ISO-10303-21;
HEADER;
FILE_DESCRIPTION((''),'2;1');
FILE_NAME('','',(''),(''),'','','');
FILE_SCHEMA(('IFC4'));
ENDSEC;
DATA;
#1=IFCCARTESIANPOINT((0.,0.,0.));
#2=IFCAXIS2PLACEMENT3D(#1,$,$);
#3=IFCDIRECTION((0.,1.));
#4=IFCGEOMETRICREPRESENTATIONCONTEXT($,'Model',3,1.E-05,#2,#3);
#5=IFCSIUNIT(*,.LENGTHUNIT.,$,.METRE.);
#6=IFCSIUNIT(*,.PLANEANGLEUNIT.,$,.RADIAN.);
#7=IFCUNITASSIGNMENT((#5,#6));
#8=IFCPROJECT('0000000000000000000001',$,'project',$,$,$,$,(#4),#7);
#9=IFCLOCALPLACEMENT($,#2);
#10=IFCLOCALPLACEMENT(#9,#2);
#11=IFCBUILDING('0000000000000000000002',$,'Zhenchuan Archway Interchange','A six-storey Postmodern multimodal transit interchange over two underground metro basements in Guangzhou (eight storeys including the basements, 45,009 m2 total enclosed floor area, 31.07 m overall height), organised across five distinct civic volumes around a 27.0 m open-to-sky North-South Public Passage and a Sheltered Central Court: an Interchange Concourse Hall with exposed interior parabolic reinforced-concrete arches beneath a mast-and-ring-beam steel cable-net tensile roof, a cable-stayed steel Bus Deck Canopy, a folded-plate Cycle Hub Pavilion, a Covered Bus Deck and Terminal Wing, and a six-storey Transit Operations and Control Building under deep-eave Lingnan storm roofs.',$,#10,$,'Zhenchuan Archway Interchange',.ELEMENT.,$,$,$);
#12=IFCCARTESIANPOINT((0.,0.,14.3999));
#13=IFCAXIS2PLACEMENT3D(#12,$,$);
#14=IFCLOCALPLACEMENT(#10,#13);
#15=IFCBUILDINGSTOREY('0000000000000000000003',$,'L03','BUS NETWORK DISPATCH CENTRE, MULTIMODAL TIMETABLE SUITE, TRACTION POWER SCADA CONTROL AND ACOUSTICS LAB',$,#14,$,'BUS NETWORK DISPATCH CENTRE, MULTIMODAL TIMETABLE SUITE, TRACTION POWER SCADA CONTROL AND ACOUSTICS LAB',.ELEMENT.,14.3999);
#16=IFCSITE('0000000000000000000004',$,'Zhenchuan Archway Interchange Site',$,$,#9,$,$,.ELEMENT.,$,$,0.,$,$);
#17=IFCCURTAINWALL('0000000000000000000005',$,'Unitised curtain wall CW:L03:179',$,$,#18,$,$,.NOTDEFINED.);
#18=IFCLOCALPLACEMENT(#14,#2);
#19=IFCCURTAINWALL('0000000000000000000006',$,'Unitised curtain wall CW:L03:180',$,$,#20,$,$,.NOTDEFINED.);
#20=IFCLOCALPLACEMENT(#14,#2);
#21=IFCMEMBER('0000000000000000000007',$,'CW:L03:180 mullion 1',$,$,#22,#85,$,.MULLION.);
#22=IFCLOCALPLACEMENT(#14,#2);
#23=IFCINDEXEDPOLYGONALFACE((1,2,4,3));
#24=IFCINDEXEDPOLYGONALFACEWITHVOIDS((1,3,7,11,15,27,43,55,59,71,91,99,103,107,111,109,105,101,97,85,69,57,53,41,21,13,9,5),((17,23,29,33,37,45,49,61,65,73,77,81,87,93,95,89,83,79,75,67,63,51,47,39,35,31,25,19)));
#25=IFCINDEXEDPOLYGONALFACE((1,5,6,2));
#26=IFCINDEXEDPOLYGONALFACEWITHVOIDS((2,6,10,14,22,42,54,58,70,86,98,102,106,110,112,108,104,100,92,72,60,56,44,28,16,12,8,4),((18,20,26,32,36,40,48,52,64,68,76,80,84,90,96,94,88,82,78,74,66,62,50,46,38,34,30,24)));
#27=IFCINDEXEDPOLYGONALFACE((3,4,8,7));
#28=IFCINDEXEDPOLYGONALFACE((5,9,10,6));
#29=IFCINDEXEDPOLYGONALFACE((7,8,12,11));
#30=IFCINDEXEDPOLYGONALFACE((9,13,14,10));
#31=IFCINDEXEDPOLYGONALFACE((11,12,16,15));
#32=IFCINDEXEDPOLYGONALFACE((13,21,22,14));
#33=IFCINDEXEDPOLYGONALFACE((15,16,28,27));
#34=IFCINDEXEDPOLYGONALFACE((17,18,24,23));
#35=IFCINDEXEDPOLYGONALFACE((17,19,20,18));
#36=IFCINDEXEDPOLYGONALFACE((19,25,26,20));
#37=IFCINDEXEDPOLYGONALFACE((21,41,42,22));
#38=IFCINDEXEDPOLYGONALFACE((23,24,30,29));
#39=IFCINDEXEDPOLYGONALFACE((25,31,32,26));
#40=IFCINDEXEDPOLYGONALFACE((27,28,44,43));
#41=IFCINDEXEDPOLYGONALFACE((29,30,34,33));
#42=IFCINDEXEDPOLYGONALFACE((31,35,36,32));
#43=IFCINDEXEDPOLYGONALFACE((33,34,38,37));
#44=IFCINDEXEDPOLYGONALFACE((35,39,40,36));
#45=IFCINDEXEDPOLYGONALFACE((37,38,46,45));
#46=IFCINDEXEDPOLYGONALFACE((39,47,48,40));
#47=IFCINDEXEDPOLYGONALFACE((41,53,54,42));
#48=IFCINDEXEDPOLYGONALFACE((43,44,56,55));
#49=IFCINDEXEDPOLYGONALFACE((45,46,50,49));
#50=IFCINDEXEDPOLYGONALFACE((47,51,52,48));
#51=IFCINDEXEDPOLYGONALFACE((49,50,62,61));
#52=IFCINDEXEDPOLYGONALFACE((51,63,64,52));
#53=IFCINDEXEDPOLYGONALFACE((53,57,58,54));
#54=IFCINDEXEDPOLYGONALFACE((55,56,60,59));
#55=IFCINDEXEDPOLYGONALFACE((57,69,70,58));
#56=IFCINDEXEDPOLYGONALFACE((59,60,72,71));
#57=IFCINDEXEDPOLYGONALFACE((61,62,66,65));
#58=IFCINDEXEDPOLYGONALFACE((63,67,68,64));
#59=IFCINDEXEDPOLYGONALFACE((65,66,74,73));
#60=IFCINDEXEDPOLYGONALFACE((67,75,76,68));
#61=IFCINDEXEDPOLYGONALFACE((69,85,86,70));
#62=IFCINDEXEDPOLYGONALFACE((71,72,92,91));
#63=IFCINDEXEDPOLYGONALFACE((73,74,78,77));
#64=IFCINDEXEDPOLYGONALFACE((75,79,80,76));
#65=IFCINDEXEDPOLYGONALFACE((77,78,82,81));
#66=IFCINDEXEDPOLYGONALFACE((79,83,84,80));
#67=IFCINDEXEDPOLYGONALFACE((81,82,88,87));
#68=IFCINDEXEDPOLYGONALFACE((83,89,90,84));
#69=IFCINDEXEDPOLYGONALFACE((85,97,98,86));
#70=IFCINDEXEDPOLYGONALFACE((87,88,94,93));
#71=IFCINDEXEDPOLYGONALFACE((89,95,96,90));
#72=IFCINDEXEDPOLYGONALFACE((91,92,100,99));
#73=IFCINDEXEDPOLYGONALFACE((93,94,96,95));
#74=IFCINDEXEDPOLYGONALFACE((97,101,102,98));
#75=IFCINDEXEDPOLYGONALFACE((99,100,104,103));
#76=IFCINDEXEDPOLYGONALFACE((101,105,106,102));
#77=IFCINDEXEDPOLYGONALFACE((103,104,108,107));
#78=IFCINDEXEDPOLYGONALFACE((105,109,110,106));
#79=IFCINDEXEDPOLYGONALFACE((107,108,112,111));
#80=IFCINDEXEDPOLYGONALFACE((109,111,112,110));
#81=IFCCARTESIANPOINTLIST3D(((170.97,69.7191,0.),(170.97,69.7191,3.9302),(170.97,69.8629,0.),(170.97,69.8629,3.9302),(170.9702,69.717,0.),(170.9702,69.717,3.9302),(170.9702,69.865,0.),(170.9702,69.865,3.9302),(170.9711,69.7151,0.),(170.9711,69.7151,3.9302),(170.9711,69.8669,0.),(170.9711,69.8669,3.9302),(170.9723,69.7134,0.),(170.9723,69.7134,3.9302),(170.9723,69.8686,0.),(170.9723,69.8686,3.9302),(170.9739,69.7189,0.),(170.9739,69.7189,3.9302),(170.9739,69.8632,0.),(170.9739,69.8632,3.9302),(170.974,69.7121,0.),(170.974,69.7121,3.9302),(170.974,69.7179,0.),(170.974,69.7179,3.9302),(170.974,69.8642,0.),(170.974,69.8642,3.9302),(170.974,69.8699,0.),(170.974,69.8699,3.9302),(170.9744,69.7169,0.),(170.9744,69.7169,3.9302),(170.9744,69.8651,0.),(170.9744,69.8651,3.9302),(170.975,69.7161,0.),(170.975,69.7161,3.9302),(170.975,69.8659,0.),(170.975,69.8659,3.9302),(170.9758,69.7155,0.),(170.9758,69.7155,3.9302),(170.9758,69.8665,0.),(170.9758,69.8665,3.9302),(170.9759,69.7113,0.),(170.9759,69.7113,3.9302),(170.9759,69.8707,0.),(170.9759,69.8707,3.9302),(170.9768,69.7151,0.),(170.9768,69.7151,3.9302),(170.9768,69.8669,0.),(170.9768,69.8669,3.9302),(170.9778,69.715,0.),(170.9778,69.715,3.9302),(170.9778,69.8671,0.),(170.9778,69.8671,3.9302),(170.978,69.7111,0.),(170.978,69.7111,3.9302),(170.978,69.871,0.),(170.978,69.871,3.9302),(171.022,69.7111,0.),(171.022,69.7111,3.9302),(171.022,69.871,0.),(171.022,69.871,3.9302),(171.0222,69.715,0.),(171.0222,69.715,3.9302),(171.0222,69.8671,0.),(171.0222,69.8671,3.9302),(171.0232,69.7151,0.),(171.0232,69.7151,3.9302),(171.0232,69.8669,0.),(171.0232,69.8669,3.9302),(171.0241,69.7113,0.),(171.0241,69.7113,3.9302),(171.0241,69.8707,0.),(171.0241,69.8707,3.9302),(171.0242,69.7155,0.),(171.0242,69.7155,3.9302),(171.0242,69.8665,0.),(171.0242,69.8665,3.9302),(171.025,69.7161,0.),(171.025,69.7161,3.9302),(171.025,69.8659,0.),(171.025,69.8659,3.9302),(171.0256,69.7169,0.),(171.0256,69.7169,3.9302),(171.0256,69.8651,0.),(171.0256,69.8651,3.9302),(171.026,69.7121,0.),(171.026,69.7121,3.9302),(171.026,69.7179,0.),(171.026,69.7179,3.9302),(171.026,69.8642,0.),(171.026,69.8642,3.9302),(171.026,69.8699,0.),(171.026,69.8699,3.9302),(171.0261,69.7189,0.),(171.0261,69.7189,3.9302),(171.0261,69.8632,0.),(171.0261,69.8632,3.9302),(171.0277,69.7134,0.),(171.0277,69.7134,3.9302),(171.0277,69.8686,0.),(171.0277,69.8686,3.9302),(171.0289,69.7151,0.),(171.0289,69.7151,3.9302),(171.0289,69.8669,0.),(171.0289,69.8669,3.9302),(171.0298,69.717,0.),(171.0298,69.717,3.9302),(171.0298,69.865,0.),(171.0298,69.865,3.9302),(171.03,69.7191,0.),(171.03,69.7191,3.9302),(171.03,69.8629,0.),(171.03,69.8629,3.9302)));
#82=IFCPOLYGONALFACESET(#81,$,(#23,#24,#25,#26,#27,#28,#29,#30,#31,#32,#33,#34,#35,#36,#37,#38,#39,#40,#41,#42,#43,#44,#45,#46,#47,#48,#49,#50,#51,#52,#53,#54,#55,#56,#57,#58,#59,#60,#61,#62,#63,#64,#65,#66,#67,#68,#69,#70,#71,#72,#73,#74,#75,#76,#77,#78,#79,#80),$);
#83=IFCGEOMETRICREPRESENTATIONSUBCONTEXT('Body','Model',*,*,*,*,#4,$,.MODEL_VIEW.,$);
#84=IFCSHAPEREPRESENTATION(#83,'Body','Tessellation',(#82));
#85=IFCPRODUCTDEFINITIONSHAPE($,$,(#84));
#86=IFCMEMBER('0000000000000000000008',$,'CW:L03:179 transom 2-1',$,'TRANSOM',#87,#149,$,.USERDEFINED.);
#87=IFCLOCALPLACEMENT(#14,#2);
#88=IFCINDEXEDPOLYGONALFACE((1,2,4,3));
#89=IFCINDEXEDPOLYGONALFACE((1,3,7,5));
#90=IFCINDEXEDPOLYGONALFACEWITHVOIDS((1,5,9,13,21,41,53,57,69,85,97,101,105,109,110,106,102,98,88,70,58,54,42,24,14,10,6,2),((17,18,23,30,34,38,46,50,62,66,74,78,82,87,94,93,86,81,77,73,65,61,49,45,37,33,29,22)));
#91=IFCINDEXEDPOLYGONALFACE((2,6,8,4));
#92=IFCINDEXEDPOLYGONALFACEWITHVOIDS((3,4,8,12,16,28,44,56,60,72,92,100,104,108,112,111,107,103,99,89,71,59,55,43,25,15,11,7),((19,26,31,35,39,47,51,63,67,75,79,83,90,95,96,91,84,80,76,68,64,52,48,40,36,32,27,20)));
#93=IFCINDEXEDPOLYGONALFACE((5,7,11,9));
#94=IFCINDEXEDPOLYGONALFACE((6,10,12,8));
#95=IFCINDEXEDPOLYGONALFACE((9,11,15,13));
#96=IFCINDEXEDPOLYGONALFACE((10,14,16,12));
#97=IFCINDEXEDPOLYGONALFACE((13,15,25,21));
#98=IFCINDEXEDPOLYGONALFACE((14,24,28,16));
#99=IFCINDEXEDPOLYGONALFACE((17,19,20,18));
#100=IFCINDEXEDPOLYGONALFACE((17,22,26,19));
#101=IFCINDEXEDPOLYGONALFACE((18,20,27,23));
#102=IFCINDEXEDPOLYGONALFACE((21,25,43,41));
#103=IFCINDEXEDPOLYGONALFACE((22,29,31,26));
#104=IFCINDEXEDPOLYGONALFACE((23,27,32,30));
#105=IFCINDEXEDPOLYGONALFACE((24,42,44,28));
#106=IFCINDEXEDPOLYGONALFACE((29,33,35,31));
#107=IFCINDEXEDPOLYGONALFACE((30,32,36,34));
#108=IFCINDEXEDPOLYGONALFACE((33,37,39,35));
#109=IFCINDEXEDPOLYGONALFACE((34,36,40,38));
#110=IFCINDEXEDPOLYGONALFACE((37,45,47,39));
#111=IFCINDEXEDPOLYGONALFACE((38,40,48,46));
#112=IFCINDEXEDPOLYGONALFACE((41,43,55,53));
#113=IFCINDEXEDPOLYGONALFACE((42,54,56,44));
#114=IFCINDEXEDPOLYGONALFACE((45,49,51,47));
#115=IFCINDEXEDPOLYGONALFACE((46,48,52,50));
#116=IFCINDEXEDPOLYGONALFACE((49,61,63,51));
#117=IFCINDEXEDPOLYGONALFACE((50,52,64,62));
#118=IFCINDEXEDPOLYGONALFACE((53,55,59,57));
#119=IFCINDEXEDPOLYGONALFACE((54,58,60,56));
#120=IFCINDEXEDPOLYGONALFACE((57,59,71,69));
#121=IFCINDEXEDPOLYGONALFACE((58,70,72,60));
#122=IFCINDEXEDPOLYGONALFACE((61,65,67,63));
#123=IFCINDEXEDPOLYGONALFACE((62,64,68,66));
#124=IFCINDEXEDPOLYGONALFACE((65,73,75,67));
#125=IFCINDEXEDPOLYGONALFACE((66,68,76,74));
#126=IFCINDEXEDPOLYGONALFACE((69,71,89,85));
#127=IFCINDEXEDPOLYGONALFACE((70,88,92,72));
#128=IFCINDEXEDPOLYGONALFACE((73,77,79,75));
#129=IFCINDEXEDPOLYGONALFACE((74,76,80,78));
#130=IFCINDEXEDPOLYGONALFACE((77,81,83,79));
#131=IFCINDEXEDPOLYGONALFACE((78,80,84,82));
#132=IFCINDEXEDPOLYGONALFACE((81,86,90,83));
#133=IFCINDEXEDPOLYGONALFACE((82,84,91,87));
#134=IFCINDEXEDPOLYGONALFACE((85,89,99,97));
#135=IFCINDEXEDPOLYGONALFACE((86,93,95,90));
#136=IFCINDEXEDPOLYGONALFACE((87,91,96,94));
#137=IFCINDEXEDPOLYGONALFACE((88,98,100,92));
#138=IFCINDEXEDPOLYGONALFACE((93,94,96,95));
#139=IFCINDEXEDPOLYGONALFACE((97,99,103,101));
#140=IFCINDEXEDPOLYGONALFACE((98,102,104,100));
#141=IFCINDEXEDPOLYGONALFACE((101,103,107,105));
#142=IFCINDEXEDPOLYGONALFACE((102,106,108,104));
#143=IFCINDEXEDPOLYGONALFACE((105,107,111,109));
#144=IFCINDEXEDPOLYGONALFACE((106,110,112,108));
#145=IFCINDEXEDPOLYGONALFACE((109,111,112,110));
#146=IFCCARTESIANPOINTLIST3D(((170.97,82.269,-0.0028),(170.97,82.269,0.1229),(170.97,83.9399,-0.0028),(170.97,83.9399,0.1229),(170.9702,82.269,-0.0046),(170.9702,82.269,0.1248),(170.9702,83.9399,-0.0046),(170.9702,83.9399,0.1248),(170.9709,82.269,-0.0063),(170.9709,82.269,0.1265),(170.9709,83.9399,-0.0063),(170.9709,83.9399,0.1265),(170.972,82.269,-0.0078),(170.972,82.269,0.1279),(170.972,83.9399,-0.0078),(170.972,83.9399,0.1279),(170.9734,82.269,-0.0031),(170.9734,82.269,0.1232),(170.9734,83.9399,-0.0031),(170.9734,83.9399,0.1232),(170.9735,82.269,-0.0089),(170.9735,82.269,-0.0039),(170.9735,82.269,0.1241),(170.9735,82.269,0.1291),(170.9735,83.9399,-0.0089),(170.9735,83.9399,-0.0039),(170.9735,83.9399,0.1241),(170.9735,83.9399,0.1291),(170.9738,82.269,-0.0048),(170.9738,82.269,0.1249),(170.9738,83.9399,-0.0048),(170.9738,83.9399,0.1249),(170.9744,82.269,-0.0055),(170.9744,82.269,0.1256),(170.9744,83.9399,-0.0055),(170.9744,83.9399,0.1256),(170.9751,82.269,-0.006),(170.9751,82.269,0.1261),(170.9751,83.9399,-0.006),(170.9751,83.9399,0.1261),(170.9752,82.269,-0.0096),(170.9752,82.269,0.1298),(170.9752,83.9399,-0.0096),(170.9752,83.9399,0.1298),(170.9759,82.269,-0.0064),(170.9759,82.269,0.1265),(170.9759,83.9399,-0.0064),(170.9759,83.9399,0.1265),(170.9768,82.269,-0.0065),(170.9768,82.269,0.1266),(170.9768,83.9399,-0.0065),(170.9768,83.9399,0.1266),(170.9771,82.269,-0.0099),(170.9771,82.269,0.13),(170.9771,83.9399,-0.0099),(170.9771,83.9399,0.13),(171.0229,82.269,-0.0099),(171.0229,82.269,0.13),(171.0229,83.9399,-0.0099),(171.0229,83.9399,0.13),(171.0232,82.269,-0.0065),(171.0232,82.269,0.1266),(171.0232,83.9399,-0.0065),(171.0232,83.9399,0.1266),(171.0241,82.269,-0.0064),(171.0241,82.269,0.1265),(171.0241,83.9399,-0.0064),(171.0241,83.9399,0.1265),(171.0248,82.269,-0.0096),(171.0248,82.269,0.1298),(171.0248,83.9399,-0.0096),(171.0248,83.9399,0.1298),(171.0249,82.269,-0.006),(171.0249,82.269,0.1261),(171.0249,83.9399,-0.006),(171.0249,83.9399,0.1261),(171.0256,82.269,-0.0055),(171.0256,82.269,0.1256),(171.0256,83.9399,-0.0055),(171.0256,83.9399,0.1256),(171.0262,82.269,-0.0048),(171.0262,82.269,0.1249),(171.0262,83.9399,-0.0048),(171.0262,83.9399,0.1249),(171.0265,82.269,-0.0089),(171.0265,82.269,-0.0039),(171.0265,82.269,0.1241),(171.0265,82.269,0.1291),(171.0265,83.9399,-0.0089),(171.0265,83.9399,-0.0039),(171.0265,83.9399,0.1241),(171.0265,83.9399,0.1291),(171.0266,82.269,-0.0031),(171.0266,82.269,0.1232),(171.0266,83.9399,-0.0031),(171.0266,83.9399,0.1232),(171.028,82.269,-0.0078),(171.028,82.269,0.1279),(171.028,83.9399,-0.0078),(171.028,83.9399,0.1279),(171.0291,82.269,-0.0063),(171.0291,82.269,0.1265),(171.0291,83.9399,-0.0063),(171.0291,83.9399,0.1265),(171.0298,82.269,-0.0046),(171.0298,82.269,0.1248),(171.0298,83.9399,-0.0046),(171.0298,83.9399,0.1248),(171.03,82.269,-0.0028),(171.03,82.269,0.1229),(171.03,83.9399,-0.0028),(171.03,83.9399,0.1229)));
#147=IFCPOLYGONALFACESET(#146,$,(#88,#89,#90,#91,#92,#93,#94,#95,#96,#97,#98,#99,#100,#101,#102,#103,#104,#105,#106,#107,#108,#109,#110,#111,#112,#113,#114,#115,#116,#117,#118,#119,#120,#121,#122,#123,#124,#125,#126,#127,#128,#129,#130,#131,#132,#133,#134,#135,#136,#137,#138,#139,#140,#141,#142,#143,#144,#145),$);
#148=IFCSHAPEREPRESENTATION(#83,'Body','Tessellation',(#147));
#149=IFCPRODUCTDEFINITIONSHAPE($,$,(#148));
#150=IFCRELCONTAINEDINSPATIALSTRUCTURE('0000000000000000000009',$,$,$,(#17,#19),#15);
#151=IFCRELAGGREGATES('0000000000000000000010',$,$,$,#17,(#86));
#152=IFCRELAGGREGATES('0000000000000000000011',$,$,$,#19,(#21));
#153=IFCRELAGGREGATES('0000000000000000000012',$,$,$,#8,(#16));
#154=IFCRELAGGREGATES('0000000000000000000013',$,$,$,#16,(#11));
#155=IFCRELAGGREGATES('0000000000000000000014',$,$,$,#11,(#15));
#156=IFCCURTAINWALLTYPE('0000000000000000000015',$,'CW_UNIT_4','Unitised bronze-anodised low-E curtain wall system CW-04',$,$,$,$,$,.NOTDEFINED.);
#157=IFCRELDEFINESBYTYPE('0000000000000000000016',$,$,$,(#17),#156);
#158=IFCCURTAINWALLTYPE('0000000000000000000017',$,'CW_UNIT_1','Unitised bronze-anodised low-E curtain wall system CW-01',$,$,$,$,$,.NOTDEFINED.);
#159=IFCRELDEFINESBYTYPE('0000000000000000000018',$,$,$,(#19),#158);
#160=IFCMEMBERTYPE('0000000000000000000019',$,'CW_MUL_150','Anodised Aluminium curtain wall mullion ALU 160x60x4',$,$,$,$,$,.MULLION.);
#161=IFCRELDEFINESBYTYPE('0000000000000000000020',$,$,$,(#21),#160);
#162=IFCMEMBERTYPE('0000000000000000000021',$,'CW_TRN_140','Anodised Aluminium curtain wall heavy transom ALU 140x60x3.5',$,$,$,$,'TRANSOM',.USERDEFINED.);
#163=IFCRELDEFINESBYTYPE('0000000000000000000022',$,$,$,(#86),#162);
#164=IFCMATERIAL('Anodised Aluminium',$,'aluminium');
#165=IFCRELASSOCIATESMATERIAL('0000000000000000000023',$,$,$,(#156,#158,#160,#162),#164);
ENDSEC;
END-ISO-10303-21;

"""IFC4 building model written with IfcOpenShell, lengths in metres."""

from ifc_helpers import new_model, si_unit, direction, frame, origin, origin_2d, place, context, subcontext, project, spatial, hollow_rectangle, extrude, material, material_profile, profile_set, type_object, element, aggregate, save


model = new_model("IFC4")

# Units and contexts
model_context = context("Model", 3, precision=1e-05, world=origin(), true_north=direction((0.0, 1.0)))
body_context = subcontext(model_context, "Body", "Model", "MODEL_VIEW")
ifc_project = project(units=[si_unit("LENGTHUNIT", "METRE"), si_unit("PLANEANGLEUNIT", "RADIAN")], contexts=[model_context])

# Site, building, storey
site_placement = place(None, origin())
site = spatial("IfcSite", under=ifc_project, at=site_placement, Name="Zhenchuan Archway Interchange Site", CompositionType="ELEMENT", RefElevation=0.0)
building_placement = place(site_placement, origin())
building = spatial("IfcBuilding", under=site, at=building_placement, Name="Zhenchuan Archway Interchange", Description="A six-storey Postmodern multimodal transit interchange over two underground metro basements in Guangzhou (eight storeys including the basements, 45,009 m2 total enclosed floor area, 31.07 m overall height), organised across five distinct civic volumes around a 27.0 m open-to-sky North-South Public Passage and a Sheltered Central Court: an Interchange Concourse Hall with exposed interior parabolic reinforced-concrete arches beneath a mast-and-ring-beam steel cable-net tensile roof, a cable-stayed steel Bus Deck Canopy, a folded-plate Cycle Hub Pavilion, a Covered Bus Deck and Terminal Wing, and a six-storey Transit Operations and Control Building under deep-eave Lingnan storm roofs.", LongName="Zhenchuan Archway Interchange", CompositionType="ELEMENT")
storey_placement = place(building_placement, frame((0.0, 0.0, 14.3999)))
storey = spatial("IfcBuildingStorey", under=building, at=storey_placement, Name="L03", Description="BUS NETWORK DISPATCH CENTRE, MULTIMODAL TIMETABLE SUITE, TRACTION POWER SCADA CONTROL AND ACOUSTICS LAB", LongName="BUS NETWORK DISPATCH CENTRE, MULTIMODAL TIMETABLE SUITE, TRACTION POWER SCADA CONTROL AND ACOUSTICS LAB", CompositionType="ELEMENT", Elevation=14.3999)

# Curtain walls, member
ifc_material_1 = material(Name="Anodised Aluminium", Category="aluminium")
curtain_wall_type_1 = type_object("IfcCurtainWallType", Name="CW_UNIT_4", Description="Unitised bronze-anodised low-E curtain wall system CW-04", PredefinedType="NOTDEFINED", material=ifc_material_1)
curtain_wall_1_placement = place(storey_placement, origin())
curtain_wall_1 = element("IfcCurtainWall", 1, at=curtain_wall_1_placement, inside=storey, type_object=curtain_wall_type_1, Name="Unitised curtain wall CW:L03:179", PredefinedType="NOTDEFINED")
ifc_material_profile_1 = material_profile(ifc_material_1, hollow_rectangle(XDim=0.0601, YDim=0.1599, WallThickness=0.0039, InnerFilletRadius=0.0039, OuterFilletRadius=0.0081, at=origin_2d()), Name="ALU 160x60x4")
ifc_profile_set_1 = profile_set([ifc_material_profile_1], Name="Anodised Aluminium")
member_type_1 = type_object("IfcMemberType", Name="CW_MUL_150", Description="Anodised Aluminium curtain wall mullion ALU 160x60x4", PredefinedType="MULLION", material=ifc_profile_set_1)
curtain_wall_type_2 = type_object("IfcCurtainWallType", Name="CW_UNIT_1", Description="Unitised bronze-anodised low-E curtain wall system CW-01", PredefinedType="NOTDEFINED", material=ifc_material_1)
curtain_wall_2_placement = place(storey_placement, origin())
curtain_wall_2 = element("IfcCurtainWall", 2, at=curtain_wall_2_placement, inside=storey, type_object=curtain_wall_type_2, Name="Unitised curtain wall CW:L03:180", PredefinedType="NOTDEFINED")
member_1_placement = place(storey_placement, frame((171.0, 69.791, 0.0), z_axis=(0.0, 0.0, 1.0), x_axis=(1.0, 0.0, 0.0)))
member_1 = element("IfcMember", 3, at=member_1_placement, type_object=member_type_1, Name="CW:L03:180 mullion 1", PredefinedType="MULLION", context=body_context, shape_type="SweptSolid", body=[
    extrude(hollow_rectangle(XDim=0.0601, YDim=0.1599, WallThickness=0.0039, InnerFilletRadius=0.0039, OuterFilletRadius=0.0081, at=origin_2d()), origin(), (0.0, 0.0, 1.0), 3.9302),
])

# Member
ifc_material_profile_2 = material_profile(ifc_material_1, hollow_rectangle(XDim=0.0601, YDim=0.1399, WallThickness=0.0034, InnerFilletRadius=0.0034, OuterFilletRadius=0.0071, at=origin_2d()), Name="ALU 140x60x3.5")
ifc_profile_set_2 = profile_set([ifc_material_profile_2], Name="Anodised Aluminium")
member_type_2 = type_object("IfcMemberType", Name="CW_TRN_140", Description="Anodised Aluminium curtain wall heavy transom ALU 140x60x3.5", ElementType="TRANSOM", PredefinedType="USERDEFINED", material=ifc_profile_set_2)
member_2_placement = place(storey_placement, frame((171.0, 83.9399, 0.0601), z_axis=(0.0, -1.0, 0.0), x_axis=(1.0, 0.0, 0.0)))
member_2 = element("IfcMember", 4, at=member_2_placement, type_object=member_type_2, Name="CW:L03:179 transom 2-1", ObjectType="TRANSOM", PredefinedType="USERDEFINED", context=body_context, shape_type="SweptSolid", body=[
    extrude(hollow_rectangle(XDim=0.0601, YDim=0.1399, WallThickness=0.0034, InnerFilletRadius=0.0034, OuterFilletRadius=0.0071, at=origin_2d()), origin(), (0.0, 0.0, 1.0), 1.6709),
])

aggregate(curtain_wall_1, [member_2])
aggregate(curtain_wall_2, [member_1])

save(model, "model.ifc")
